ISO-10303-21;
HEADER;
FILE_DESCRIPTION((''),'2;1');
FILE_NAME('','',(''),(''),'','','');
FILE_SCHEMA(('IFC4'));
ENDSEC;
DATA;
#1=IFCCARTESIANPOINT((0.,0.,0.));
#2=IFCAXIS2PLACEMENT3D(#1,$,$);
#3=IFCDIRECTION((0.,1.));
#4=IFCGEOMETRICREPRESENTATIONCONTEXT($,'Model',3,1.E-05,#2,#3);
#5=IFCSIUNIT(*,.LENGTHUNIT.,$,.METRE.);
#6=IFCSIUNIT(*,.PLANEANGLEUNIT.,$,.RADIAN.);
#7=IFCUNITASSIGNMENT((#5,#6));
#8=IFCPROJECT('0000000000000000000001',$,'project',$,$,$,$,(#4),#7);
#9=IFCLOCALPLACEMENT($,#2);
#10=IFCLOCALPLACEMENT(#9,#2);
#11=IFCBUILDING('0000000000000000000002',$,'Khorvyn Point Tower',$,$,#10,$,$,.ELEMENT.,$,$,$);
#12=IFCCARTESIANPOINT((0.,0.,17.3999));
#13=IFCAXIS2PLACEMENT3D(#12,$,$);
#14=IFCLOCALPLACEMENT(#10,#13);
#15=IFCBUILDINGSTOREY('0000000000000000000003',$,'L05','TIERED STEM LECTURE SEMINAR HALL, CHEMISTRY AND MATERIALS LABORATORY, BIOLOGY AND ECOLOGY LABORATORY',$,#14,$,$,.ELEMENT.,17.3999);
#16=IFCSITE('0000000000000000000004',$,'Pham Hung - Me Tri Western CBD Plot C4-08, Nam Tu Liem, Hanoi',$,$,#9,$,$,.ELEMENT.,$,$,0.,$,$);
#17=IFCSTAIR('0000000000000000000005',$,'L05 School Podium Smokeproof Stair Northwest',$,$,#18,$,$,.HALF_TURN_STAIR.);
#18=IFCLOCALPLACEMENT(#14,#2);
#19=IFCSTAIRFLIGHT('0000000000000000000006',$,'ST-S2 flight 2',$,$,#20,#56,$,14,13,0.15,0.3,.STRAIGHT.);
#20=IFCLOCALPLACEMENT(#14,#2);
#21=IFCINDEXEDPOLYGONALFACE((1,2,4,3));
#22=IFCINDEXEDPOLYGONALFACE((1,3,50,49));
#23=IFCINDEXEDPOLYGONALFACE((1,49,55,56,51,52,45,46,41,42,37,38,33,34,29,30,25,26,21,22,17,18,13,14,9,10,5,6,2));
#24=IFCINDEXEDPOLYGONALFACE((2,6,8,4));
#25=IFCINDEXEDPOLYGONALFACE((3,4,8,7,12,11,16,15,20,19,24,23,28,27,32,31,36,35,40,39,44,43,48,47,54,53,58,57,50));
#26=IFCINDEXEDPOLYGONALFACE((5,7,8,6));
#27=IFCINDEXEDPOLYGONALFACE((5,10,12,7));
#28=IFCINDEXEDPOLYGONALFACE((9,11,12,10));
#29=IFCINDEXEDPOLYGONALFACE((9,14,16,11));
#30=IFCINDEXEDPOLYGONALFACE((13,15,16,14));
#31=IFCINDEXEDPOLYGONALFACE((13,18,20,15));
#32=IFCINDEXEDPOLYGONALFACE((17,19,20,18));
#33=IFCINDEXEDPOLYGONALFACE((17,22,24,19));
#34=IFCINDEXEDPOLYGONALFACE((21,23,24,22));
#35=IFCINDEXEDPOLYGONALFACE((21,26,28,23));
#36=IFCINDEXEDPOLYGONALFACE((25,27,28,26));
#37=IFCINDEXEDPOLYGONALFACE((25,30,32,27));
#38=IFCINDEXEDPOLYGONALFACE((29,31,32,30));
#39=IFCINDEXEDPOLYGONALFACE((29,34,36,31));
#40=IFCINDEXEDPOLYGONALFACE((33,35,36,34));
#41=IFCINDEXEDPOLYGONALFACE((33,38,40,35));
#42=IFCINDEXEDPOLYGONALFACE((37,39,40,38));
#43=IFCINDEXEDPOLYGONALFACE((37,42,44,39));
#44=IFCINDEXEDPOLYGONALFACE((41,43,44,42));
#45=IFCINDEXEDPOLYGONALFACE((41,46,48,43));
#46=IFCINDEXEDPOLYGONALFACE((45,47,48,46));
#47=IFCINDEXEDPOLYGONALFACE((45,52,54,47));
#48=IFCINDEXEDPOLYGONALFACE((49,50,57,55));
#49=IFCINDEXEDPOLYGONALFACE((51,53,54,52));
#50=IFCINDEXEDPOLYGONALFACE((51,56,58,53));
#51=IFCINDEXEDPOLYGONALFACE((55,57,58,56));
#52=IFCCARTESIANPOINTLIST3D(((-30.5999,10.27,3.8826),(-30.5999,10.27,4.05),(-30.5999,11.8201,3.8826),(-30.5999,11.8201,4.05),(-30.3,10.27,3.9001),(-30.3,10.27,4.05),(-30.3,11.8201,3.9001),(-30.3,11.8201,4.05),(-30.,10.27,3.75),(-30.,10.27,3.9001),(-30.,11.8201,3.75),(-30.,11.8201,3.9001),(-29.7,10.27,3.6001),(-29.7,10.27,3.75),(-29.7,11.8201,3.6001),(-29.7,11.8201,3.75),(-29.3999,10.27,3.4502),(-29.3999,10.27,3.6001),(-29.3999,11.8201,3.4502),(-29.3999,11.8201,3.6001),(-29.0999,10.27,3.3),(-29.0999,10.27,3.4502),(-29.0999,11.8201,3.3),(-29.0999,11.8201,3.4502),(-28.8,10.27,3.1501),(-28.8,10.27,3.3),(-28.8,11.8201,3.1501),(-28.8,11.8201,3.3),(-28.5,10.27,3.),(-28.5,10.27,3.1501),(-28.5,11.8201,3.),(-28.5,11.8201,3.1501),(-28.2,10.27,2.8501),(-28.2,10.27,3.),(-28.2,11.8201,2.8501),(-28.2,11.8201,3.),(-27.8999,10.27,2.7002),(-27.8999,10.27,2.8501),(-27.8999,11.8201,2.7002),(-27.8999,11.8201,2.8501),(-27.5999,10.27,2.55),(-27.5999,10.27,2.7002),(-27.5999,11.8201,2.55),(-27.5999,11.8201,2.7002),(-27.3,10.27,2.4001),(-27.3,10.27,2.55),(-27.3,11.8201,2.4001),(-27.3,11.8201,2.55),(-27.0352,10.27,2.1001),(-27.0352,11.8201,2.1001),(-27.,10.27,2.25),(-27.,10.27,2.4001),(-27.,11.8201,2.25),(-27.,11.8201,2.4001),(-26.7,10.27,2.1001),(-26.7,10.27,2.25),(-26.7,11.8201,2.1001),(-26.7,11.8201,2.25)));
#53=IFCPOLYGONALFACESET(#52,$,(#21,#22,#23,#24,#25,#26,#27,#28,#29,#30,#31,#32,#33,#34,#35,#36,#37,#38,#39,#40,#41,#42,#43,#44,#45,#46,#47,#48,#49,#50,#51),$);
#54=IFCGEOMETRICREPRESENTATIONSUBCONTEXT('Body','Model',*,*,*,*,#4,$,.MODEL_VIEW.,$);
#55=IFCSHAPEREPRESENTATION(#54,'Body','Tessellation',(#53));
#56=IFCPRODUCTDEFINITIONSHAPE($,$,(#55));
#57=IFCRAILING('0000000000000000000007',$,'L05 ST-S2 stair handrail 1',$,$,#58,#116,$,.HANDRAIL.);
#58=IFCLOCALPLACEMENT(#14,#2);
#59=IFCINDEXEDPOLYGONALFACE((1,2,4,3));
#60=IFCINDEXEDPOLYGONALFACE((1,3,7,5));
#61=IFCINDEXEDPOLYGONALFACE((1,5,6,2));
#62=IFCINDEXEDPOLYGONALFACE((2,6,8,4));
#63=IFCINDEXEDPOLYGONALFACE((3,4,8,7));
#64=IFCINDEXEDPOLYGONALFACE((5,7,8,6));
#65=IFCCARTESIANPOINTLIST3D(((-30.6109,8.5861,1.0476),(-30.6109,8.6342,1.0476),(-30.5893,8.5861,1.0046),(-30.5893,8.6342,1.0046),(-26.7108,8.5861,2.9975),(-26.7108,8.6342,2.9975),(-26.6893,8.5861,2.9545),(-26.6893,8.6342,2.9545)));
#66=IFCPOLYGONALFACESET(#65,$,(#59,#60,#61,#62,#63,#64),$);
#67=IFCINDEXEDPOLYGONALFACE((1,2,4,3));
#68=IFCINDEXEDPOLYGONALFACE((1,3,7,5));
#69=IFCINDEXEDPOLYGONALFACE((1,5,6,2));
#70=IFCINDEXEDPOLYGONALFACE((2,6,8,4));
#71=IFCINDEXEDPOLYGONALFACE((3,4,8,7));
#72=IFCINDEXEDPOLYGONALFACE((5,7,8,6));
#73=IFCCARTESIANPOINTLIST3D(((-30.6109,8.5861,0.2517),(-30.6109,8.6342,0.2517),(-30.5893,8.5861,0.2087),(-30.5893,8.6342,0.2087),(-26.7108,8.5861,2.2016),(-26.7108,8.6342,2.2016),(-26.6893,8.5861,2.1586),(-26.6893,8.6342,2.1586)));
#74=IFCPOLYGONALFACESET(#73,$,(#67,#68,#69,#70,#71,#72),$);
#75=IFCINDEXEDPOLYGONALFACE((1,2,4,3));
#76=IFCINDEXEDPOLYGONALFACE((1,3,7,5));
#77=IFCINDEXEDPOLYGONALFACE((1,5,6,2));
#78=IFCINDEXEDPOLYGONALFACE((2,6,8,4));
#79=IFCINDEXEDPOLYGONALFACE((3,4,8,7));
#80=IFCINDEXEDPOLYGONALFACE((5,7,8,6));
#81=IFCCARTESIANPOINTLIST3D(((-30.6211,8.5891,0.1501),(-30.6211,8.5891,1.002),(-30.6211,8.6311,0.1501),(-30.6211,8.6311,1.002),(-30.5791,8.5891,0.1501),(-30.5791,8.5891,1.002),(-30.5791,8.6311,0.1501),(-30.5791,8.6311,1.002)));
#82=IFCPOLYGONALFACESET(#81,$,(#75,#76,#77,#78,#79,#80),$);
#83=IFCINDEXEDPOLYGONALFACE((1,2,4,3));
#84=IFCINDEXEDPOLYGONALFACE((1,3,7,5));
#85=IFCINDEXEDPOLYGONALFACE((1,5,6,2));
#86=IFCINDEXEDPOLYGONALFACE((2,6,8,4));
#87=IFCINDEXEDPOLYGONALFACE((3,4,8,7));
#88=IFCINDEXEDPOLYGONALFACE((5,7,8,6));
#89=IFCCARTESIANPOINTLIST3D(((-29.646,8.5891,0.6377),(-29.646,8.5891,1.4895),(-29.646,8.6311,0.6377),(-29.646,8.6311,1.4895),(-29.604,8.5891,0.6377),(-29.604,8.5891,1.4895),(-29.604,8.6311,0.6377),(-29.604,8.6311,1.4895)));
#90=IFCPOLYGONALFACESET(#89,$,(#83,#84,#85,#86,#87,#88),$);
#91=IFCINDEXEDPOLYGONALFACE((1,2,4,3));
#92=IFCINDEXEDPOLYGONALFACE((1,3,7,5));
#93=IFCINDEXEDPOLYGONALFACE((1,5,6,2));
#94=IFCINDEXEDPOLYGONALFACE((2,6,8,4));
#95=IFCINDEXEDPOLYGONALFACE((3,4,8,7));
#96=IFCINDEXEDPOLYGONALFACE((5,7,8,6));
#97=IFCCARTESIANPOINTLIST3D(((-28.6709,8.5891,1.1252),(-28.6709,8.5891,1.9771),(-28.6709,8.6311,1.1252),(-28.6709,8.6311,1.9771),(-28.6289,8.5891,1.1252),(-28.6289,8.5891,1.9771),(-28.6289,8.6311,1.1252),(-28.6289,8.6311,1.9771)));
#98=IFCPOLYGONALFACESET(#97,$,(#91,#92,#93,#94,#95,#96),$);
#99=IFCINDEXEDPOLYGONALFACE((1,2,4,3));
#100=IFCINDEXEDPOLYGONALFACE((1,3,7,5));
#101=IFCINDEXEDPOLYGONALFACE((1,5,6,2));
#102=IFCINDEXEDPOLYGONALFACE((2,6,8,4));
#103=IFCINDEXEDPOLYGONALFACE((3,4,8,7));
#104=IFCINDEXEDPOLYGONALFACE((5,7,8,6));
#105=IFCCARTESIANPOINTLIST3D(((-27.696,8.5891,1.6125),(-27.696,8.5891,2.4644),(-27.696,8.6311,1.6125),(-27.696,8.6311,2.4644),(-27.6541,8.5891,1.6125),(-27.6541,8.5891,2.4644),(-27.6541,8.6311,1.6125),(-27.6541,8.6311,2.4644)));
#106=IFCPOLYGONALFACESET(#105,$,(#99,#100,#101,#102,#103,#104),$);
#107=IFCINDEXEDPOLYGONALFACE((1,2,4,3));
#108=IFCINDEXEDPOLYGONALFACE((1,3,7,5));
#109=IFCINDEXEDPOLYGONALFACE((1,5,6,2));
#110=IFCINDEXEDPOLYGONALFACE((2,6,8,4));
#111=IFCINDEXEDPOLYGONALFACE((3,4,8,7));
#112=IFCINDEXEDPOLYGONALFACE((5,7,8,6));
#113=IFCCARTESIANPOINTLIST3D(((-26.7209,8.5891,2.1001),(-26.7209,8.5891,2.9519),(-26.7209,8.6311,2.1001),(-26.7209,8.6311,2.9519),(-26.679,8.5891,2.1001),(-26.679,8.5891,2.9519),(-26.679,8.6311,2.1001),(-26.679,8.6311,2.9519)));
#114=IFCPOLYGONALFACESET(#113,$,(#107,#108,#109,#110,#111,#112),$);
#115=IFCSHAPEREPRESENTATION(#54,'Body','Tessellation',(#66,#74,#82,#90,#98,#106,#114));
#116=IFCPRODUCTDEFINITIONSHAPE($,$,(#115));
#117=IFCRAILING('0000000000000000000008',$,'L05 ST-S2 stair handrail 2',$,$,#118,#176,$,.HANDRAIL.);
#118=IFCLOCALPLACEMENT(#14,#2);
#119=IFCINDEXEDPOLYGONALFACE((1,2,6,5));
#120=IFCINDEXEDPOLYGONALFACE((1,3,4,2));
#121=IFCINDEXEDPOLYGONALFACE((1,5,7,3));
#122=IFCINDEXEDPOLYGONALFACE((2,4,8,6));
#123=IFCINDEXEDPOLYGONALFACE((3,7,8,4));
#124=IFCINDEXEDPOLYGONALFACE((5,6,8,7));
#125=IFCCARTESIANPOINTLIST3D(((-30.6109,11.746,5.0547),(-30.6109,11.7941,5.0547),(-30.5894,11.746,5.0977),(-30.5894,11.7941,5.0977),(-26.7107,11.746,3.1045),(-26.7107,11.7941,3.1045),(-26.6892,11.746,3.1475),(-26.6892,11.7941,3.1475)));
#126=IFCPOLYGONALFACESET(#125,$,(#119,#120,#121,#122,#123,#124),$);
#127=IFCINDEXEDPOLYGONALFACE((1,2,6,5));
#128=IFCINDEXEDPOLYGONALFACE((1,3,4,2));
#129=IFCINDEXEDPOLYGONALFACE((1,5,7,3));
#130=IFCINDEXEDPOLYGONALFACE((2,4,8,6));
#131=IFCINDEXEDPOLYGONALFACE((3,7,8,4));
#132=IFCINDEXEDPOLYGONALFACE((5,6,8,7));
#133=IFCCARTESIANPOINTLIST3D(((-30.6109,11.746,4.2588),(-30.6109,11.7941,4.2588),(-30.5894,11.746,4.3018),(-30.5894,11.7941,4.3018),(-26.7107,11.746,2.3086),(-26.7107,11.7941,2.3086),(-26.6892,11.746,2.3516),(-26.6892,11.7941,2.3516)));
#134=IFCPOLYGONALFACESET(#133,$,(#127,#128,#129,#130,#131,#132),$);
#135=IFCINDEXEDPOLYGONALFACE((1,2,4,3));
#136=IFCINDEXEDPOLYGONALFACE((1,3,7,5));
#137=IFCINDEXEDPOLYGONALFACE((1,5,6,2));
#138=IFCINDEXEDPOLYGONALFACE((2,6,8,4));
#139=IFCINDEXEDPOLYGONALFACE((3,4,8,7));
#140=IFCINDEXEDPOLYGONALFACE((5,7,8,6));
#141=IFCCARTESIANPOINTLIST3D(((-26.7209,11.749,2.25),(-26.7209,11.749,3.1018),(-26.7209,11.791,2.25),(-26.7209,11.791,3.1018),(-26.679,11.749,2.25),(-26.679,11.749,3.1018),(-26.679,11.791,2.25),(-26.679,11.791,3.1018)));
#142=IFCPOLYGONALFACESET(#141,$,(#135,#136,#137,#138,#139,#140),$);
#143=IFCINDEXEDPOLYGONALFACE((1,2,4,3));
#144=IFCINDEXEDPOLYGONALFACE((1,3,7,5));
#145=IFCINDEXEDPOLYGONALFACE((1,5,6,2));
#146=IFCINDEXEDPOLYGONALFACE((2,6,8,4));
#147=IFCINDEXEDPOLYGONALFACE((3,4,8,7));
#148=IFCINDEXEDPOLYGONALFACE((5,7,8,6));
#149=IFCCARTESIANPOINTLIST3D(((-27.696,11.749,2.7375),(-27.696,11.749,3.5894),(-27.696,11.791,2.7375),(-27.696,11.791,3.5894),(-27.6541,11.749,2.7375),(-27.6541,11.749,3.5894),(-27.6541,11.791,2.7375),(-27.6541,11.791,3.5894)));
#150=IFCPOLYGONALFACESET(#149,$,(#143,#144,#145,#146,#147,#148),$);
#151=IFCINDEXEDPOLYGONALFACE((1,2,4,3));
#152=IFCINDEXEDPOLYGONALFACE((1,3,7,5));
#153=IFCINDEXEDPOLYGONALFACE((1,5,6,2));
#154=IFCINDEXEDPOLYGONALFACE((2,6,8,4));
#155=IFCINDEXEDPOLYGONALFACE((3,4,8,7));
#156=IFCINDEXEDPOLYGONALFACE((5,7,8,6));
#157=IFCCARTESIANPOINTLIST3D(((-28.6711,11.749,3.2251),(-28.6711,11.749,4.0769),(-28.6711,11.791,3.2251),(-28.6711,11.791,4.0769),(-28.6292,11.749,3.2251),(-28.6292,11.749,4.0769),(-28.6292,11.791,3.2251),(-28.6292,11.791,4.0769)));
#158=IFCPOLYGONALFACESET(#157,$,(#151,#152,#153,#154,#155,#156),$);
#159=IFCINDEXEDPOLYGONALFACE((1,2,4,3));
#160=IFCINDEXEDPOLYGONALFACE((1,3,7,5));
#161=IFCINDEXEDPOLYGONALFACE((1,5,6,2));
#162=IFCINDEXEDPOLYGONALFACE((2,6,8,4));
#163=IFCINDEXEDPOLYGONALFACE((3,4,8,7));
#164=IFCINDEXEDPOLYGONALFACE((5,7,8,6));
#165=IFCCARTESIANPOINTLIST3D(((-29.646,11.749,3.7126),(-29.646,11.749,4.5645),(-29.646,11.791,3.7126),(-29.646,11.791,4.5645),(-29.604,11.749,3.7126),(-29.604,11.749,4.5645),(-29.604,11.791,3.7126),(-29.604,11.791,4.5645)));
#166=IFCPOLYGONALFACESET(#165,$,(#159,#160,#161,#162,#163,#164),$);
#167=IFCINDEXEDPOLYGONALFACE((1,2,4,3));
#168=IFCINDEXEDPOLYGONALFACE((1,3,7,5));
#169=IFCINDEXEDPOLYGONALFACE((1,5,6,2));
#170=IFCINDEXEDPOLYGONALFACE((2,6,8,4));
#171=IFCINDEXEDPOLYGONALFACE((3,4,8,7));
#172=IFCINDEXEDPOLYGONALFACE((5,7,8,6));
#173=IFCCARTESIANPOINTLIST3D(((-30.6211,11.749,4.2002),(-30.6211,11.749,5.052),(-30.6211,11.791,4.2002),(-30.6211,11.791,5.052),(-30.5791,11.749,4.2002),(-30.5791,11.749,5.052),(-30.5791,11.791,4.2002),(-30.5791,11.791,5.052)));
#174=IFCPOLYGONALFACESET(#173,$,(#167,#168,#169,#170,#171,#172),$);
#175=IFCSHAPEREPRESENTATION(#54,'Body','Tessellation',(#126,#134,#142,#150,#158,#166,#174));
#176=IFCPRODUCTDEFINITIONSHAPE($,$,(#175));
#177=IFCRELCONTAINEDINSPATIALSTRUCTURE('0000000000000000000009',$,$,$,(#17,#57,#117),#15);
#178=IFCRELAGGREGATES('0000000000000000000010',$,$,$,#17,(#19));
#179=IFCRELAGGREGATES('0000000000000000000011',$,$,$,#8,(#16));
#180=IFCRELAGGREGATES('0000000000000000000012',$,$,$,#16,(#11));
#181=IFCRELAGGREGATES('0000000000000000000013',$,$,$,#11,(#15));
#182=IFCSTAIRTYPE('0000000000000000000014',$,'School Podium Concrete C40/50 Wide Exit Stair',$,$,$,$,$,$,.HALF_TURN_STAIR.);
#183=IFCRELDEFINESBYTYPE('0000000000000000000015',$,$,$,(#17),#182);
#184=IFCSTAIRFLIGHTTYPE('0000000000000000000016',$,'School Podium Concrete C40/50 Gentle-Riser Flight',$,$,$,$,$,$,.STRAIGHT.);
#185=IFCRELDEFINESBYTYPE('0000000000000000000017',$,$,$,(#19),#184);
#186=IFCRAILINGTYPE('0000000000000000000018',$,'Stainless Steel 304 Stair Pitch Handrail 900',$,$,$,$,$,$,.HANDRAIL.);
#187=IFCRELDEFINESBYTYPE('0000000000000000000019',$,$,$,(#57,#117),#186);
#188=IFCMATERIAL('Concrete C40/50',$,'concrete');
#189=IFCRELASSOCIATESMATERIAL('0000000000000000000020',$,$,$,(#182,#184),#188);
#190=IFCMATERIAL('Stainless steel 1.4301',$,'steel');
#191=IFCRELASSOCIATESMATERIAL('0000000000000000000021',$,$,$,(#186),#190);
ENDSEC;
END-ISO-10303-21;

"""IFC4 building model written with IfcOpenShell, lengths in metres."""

from ifc_helpers import new_model, si_unit, direction, frame, origin, origin_2d, place, context, subcontext, project, spatial, polyline, rectangle, outline, extrude, material, type_object, element, aggregate, save


model = new_model("IFC4")

# Units and contexts
model_context = context("Model", 3, precision=1e-05, world=origin(), true_north=direction((0.0, 1.0)))
body_context = subcontext(model_context, "Body", "Model", "MODEL_VIEW")
ifc_project = project(units=[si_unit("LENGTHUNIT", "METRE"), si_unit("PLANEANGLEUNIT", "RADIAN")], contexts=[model_context])

# Site, building, storey
site_placement = place(None, origin())
site = spatial("IfcSite", under=ifc_project, at=site_placement, Name="Pham Hung - Me Tri Western CBD Plot C4-08, Nam Tu Liem, Hanoi", CompositionType="ELEMENT", RefElevation=0.0)
building_placement = place(site_placement, origin())
building = spatial("IfcBuilding", under=site, at=building_placement, Name="Khorvyn Point Tower", CompositionType="ELEMENT")
storey_placement = place(building_placement, frame((0.0, 0.0, 17.3999)))
storey = spatial("IfcBuildingStorey", under=building, at=storey_placement, Name="L05", Description="TIERED STEM LECTURE SEMINAR HALL, CHEMISTRY AND MATERIALS LABORATORY, BIOLOGY AND ECOLOGY LABORATORY", CompositionType="ELEMENT", Elevation=17.3999)

# Shared definitions
ifc_material_1 = material(Name="Concrete C40/50", Category="concrete")

# Stair, stair flight
stair_type = type_object("IfcStairType", Name="School Podium Concrete C40/50 Wide Exit Stair", PredefinedType="HALF_TURN_STAIR", material=ifc_material_1)
stair_placement = place(storey_placement, origin())
stair = element("IfcStair", 1, at=stair_placement, inside=storey, type_object=stair_type, Name="L05 School Podium Smokeproof Stair Northwest", PredefinedType="HALF_TURN_STAIR")
stair_flight_type = type_object("IfcStairFlightType", Name="School Podium Concrete C40/50 Gentle-Riser Flight", PredefinedType="STRAIGHT", material=ifc_material_1)
stair_flight_1_placement = place(storey_placement, frame((-26.7, 11.0449, 2.1001), z_axis=(0.0, 0.0, 1.0), x_axis=(-1.0, 0.0, 0.0)))
stair_flight_1 = element("IfcStairFlight", 2, at=stair_flight_1_placement, type_object=stair_flight_type, Name="ST-S2 flight 2", NumberOfRisers=14, NumberOfTreads=13, PredefinedType="STRAIGHT", RiserHeight=0.15, TreadLength=0.3, context=body_context, shape_type="SweptSolid", body=[
    extrude(outline(polyline([(0.0, 0.0), (0.0, 0.1499), (0.3, 0.1499), (0.3, 0.3), (0.6001, 0.3), (0.6001, 0.45), (0.8999, 0.45), (0.8999, 0.6001), (1.2, 0.6001), (1.2, 0.75), (1.5, 0.75), (1.5, 0.8999), (1.8, 0.8999), (1.8, 1.05), (2.1001, 1.05), (2.1001, 1.2), (2.3999, 1.2), (2.3999, 1.3501), (2.7, 1.3501), (2.7, 1.5), (3.0, 1.5), (3.0, 1.6499), (3.3, 1.6499), (3.3, 1.8), (3.6001, 1.8), (3.6001, 1.95), (3.8999, 1.95), (3.8999, 2.1001), (3.8999, 1.7825), (0.3352, 0.0), (0.0, 0.0)])), frame((0.0, 0.7749, 0.0), z_axis=(0.0, -1.0, 0.0), x_axis=(1.0, 0.0, 0.0)), (0.0, 0.0, 1.0), 1.55),
])
aggregate(stair, [stair_flight_1])

# Railings
ifc_material_2 = material(Name="Stainless steel 1.4301", Category="steel")
railing_type_1 = type_object("IfcRailingType", Name="Stainless Steel 304 Stair Pitch Handrail 900", PredefinedType="HANDRAIL", material=ifc_material_2)
railing_1_placement = place(storey_placement, frame((-30.6001, 8.6101, 0.1501)))
element("IfcRailing", 3, at=railing_1_placement, inside=storey, type_object=railing_type_1, Name="L05 ST-S2 stair handrail 1", PredefinedType="HANDRAIL", context=body_context, shape_type="SweptSolid", body=[
    extrude(rectangle(XDim=0.0481, YDim=0.0481, at=origin_2d()), frame((0.0, 0.0, 0.876), z_axis=(0.894438, 0.0, 0.447191), x_axis=(0.0, 1.0, 0.0)), (0.0, 0.0, 1.0), 4.3604),
    extrude(rectangle(XDim=0.0481, YDim=0.0481, at=origin_2d()), frame((0.0, 0.0, 0.0801), z_axis=(0.894438, 0.0, 0.447191), x_axis=(0.0, 1.0, 0.0)), (0.0, 0.0, 1.0), 4.3604),
    extrude(rectangle(XDim=0.042, YDim=0.042, at=origin_2d()), origin(), (0.0, 0.0, 1.0), 0.8518),
    extrude(rectangle(XDim=0.042, YDim=0.042, at=origin_2d()), frame((0.9751, 0.0, 0.4875)), (0.0, 0.0, 1.0), 0.8518),
    extrude(rectangle(XDim=0.042, YDim=0.042, at=origin_2d()), frame((1.9502, 0.0, 0.9751)), (0.0, 0.0, 1.0), 0.8518),
    extrude(rectangle(XDim=0.042, YDim=0.042, at=origin_2d()), frame((2.925, 0.0, 1.4624)), (0.0, 0.0, 1.0), 0.8518),
    extrude(rectangle(XDim=0.042, YDim=0.042, at=origin_2d()), frame((3.9001, 0.0, 1.95)), (0.0, 0.0, 1.0), 0.8518),
])
railing_2_placement = place(storey_placement, frame((-26.7, 11.77, 2.25)))
element("IfcRailing", 4, at=railing_2_placement, inside=storey, type_object=railing_type_1, Name="L05 ST-S2 stair handrail 2", PredefinedType="HANDRAIL", context=body_context, shape_type="SweptSolid", body=[
    extrude(rectangle(XDim=0.0481, YDim=0.0481, at=origin_2d()), frame((0.0, 0.0, 0.876), z_axis=(-0.894416, 0.0, 0.447236), x_axis=(0.0, -1.0, 0.0)), (0.0, 0.0, 1.0), 4.3606),
    extrude(rectangle(XDim=0.0481, YDim=0.0481, at=origin_2d()), frame((0.0, 0.0, 0.0801), z_axis=(-0.894416, 0.0, 0.447236), x_axis=(0.0, -1.0, 0.0)), (0.0, 0.0, 1.0), 4.3606),
    extrude(rectangle(XDim=0.042, YDim=0.042, at=origin_2d()), origin(), (0.0, 0.0, 1.0), 0.8518),
    extrude(rectangle(XDim=0.042, YDim=0.042, at=origin_2d()), frame((-0.9751, 0.0, 0.4875)), (0.0, 0.0, 1.0), 0.8518),
    extrude(rectangle(XDim=0.042, YDim=0.042, at=origin_2d()), frame((-1.9502, 0.0, 0.9751)), (0.0, 0.0, 1.0), 0.8518),
    extrude(rectangle(XDim=0.042, YDim=0.042, at=origin_2d()), frame((-2.925, 0.0, 1.4626)), (0.0, 0.0, 1.0), 0.8518),
    extrude(rectangle(XDim=0.042, YDim=0.042, at=origin_2d()), frame((-3.9001, 0.0, 1.9502)), (0.0, 0.0, 1.0), 0.8518),
])

save(model, "model.ifc")
